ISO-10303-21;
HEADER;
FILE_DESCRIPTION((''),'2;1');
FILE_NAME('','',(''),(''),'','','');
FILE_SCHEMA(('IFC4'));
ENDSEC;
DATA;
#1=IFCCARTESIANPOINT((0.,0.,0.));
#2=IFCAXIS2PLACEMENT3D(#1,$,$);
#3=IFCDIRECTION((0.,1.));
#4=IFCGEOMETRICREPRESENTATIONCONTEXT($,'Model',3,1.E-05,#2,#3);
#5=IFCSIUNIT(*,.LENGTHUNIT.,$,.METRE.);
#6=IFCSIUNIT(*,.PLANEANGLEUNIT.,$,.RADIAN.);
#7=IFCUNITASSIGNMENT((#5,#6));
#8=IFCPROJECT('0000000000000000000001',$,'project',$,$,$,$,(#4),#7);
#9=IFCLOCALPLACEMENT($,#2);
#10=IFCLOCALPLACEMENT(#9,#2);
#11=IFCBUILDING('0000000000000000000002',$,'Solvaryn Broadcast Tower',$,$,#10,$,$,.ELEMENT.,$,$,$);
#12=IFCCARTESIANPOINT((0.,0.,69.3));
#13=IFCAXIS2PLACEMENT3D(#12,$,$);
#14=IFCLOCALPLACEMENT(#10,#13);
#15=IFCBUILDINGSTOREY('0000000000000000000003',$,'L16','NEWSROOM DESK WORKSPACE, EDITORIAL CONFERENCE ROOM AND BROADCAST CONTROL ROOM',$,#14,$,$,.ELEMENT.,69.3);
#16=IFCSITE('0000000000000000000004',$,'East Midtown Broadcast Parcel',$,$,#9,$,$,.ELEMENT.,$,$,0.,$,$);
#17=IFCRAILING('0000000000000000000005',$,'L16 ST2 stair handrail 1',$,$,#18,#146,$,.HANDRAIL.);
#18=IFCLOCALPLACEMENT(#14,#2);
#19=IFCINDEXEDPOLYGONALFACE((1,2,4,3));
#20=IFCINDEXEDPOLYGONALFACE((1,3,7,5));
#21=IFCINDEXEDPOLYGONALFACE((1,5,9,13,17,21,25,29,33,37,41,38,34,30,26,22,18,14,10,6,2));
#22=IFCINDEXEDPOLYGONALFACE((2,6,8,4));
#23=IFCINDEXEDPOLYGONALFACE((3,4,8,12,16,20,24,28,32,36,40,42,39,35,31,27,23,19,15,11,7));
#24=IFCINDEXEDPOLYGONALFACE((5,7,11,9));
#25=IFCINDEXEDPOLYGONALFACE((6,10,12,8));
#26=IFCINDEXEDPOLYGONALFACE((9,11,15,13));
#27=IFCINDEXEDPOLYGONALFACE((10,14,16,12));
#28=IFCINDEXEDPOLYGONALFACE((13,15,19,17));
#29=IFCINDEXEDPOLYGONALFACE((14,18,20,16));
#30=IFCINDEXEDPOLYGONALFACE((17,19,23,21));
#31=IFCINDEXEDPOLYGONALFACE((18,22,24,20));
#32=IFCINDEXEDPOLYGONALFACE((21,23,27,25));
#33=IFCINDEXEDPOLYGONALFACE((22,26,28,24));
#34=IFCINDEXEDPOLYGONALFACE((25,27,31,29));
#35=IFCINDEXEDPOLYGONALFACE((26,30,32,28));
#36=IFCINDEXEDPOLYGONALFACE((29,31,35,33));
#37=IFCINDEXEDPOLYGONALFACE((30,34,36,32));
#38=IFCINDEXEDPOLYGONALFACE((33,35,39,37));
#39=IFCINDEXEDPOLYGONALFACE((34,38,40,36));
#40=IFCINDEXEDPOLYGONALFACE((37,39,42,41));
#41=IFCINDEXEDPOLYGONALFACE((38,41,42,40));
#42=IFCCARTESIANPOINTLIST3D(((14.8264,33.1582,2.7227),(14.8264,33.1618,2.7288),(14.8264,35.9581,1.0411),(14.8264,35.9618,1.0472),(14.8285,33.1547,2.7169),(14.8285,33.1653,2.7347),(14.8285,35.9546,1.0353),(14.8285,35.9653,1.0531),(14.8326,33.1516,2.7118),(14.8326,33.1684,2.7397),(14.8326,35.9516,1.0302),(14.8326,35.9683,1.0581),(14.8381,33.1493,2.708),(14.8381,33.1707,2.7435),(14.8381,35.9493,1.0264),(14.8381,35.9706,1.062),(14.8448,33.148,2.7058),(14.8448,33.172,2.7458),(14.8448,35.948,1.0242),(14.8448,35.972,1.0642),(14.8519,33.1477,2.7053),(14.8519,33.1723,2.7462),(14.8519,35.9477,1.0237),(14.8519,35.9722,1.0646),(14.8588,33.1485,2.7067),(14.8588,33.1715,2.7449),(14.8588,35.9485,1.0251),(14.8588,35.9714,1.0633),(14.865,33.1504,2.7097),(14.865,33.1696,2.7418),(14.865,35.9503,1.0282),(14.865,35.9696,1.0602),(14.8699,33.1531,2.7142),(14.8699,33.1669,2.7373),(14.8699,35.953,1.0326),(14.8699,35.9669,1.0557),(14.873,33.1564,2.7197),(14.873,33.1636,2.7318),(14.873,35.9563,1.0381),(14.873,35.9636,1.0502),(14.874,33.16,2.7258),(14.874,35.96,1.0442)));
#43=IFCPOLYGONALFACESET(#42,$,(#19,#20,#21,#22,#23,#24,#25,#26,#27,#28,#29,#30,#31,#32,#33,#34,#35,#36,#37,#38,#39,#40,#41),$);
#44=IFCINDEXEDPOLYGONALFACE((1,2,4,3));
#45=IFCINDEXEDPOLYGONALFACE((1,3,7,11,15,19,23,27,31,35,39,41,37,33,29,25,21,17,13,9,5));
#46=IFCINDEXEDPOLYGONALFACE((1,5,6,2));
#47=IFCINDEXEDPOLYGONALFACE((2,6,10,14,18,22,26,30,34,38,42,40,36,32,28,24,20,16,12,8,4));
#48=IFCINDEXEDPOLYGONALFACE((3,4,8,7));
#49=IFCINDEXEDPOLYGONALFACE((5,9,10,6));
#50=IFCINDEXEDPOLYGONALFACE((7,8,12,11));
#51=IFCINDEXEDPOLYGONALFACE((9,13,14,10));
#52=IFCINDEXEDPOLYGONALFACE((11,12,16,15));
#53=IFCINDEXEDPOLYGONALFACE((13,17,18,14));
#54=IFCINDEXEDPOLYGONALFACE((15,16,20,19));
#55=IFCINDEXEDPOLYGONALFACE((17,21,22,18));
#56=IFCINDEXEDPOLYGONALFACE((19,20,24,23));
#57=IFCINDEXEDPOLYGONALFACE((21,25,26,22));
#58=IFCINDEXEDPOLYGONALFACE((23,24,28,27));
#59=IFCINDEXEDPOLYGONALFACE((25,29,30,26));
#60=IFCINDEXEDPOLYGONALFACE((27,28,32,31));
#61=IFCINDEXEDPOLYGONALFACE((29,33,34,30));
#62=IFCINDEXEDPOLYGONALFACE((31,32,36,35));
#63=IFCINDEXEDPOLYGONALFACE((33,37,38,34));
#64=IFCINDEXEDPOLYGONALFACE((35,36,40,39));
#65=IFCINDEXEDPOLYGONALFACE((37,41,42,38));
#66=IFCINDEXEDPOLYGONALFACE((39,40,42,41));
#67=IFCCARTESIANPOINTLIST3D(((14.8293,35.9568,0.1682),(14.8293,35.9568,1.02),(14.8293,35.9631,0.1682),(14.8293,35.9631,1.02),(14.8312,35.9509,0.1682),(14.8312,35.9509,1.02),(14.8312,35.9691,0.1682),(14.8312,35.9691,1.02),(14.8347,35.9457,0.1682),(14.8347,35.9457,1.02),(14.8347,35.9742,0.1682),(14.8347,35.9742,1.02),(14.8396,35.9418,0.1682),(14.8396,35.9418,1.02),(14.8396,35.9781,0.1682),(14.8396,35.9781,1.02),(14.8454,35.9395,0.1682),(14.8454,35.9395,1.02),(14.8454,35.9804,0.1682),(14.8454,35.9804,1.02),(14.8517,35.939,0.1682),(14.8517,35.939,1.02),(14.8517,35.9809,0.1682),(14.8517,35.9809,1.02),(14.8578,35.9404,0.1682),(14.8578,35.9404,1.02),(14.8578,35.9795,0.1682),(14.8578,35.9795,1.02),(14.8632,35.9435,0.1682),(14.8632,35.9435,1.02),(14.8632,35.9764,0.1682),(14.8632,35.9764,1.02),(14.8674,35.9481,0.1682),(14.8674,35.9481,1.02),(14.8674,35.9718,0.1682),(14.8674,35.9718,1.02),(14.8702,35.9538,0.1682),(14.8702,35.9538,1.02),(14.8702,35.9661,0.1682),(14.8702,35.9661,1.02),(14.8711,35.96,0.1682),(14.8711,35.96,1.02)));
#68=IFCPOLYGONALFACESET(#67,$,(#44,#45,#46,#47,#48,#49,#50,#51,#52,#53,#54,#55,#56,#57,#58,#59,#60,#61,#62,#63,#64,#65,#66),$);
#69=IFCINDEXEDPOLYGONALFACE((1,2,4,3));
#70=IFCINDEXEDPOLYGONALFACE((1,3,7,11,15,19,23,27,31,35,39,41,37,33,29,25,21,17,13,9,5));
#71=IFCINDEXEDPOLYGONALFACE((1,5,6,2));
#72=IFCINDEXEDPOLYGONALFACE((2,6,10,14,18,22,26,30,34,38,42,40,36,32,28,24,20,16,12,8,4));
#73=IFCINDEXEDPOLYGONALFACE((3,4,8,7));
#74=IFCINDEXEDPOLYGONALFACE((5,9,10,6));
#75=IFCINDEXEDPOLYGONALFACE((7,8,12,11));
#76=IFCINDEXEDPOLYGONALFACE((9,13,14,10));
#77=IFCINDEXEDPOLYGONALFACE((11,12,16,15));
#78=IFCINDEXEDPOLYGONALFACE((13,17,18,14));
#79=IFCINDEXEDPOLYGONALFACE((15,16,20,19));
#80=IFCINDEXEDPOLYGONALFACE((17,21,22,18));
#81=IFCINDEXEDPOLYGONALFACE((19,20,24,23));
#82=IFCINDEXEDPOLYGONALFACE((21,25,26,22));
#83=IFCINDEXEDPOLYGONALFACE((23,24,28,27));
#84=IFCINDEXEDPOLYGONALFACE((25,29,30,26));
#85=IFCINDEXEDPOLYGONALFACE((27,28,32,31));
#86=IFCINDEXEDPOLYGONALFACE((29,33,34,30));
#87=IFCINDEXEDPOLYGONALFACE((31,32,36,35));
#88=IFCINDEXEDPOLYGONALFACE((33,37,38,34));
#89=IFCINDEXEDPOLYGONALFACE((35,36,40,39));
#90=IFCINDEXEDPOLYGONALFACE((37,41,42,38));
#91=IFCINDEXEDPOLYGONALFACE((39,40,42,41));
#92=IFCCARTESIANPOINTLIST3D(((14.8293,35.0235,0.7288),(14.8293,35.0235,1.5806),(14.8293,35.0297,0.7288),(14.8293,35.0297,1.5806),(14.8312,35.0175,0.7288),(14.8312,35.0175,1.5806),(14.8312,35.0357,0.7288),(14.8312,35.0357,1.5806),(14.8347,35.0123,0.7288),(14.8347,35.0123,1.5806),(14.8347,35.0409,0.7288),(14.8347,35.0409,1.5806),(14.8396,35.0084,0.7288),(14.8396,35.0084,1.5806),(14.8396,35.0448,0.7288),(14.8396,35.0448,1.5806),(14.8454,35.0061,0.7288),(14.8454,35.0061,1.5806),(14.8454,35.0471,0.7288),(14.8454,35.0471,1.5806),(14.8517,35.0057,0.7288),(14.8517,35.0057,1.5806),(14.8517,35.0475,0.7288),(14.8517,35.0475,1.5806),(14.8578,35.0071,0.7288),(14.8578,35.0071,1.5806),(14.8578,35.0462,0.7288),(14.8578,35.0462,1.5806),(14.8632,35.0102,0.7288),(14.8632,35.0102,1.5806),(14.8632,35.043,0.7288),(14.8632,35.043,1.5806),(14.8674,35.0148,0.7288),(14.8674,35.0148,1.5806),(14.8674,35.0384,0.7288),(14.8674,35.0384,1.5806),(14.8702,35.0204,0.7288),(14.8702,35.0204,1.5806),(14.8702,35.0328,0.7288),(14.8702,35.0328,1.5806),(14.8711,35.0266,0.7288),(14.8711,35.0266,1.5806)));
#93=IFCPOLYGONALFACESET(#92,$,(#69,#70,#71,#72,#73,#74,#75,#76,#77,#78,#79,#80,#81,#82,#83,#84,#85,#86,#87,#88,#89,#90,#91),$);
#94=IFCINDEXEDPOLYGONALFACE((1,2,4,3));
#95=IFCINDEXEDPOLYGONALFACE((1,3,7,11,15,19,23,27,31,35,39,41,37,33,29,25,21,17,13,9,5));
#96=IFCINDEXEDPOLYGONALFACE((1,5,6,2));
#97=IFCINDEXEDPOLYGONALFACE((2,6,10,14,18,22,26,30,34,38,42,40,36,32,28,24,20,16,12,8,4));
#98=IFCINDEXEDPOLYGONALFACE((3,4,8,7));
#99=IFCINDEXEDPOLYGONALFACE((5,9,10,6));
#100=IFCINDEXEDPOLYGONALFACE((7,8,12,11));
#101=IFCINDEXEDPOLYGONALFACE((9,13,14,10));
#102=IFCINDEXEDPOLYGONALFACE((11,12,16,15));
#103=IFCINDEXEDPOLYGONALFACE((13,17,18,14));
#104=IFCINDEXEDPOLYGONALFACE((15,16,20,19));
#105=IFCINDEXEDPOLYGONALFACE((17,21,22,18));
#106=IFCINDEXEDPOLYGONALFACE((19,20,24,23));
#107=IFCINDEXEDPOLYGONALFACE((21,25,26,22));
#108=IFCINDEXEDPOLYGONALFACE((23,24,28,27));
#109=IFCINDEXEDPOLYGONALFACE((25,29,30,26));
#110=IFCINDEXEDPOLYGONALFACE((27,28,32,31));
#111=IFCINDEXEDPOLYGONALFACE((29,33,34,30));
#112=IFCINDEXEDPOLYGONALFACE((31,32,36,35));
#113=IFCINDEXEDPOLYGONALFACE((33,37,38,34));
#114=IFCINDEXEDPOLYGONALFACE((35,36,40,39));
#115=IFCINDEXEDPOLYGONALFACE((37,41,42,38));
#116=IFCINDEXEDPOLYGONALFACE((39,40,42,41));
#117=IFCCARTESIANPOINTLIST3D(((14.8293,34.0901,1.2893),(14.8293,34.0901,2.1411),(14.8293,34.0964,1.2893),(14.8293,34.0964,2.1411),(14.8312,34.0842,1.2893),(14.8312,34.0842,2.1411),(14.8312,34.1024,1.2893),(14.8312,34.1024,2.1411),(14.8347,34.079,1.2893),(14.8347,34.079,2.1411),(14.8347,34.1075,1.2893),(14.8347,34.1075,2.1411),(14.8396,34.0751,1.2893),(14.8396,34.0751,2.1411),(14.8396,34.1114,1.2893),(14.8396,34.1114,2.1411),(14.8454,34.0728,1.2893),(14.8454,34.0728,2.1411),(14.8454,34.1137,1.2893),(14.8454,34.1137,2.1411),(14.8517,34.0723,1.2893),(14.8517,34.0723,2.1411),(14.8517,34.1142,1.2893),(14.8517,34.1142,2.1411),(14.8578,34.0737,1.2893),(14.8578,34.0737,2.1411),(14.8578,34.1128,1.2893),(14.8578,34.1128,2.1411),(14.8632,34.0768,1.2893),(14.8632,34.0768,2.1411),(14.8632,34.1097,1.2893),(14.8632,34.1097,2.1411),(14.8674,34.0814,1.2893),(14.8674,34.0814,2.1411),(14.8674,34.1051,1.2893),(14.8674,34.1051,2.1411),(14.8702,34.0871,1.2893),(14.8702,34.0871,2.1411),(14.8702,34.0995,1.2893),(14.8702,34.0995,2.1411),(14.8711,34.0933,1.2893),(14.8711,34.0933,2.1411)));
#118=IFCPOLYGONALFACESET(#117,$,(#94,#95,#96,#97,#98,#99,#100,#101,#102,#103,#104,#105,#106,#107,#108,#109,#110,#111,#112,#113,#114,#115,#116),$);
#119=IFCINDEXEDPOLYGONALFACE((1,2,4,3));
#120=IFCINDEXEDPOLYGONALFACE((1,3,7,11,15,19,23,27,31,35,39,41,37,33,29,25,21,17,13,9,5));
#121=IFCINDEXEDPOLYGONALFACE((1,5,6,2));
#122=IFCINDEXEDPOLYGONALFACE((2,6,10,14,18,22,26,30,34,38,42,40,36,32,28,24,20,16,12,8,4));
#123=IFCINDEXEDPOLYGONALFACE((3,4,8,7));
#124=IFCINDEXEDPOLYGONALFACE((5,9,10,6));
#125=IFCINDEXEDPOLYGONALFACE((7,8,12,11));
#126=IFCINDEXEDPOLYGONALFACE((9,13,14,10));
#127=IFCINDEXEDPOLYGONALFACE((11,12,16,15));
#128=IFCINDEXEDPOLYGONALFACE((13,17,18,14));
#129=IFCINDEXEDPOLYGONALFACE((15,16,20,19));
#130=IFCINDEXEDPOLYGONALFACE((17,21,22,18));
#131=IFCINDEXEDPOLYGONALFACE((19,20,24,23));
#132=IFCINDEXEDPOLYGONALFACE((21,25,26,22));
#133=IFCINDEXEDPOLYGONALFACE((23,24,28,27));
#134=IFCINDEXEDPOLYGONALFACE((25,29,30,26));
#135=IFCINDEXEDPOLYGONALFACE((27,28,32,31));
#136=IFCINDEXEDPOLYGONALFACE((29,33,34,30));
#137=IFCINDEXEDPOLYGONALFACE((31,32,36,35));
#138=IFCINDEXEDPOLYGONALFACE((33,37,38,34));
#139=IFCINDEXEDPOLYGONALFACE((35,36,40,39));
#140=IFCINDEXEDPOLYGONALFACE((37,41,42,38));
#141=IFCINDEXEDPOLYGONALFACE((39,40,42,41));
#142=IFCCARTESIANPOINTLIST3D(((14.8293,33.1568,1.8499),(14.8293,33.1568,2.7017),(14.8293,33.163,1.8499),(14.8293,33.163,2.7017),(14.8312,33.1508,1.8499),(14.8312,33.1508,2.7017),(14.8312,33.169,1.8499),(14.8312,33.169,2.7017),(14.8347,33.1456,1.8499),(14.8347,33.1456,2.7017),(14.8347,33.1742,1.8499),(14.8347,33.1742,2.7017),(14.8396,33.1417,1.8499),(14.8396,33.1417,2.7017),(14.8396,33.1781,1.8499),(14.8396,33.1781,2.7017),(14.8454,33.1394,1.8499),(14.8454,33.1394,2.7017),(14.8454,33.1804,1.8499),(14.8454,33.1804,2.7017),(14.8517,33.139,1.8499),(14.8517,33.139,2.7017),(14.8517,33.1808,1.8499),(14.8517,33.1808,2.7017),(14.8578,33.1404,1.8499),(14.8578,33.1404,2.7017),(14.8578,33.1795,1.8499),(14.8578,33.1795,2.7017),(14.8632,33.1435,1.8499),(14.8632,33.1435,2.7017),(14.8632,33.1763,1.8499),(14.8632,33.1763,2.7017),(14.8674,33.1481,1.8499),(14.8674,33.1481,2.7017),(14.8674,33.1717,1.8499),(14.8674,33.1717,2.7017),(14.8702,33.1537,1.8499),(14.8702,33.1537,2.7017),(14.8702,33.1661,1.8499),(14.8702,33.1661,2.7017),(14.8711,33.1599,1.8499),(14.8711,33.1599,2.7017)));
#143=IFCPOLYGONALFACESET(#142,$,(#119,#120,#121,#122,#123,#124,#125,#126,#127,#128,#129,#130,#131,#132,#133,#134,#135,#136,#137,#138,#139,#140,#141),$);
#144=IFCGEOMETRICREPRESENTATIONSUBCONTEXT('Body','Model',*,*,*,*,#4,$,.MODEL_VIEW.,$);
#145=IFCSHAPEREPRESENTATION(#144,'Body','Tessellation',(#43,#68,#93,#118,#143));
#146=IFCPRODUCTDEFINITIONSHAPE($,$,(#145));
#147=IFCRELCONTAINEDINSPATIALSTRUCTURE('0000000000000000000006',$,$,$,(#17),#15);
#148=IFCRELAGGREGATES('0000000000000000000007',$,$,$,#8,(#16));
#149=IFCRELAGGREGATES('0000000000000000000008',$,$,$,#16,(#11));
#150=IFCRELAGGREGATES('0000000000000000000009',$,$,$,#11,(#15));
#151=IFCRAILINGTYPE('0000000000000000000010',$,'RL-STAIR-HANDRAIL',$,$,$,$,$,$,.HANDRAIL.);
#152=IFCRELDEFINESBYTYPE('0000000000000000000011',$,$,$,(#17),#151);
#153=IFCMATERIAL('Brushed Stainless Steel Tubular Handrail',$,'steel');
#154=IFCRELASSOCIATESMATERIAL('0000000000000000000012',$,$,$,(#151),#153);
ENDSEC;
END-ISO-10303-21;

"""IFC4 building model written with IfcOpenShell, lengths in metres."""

from ifc_helpers import new_model, si_unit, direction, frame, origin, origin_2d, place, context, subcontext, project, spatial, circle, extrude, material, type_object, element, save


model = new_model("IFC4")

# Units and contexts
model_context = context("Model", 3, precision=1e-05, world=origin(), true_north=direction((0.0, 1.0)))
body_context = subcontext(model_context, "Body", "Model", "MODEL_VIEW")
ifc_project = project(units=[si_unit("LENGTHUNIT", "METRE"), si_unit("PLANEANGLEUNIT", "RADIAN")], contexts=[model_context])

# Site, building, storey
site_placement = place(None, origin())
site = spatial("IfcSite", under=ifc_project, at=site_placement, Name="East Midtown Broadcast Parcel", CompositionType="ELEMENT", RefElevation=0.0)
building_placement = place(site_placement, origin())
building = spatial("IfcBuilding", under=site, at=building_placement, Name="Solvaryn Broadcast Tower", CompositionType="ELEMENT")
storey_placement = place(building_placement, frame((0.0, 0.0, 69.3)))
storey = spatial("IfcBuildingStorey", under=building, at=storey_placement, Name="L16", Description="NEWSROOM DESK WORKSPACE, EDITORIAL CONFERENCE ROOM AND BROADCAST CONTROL ROOM", CompositionType="ELEMENT", Elevation=69.3)

# Railing
ifc_material_1 = material(Name="Brushed Stainless Steel Tubular Handrail", Category="steel")
railing_type_1 = type_object("IfcRailingType", Name="RL-STAIR-HANDRAIL", PredefinedType="HANDRAIL", material=ifc_material_1)
railing_1_placement = place(storey_placement, frame((14.8501, 35.96, 0.1682)))
element("IfcRailing", 1, at=railing_1_placement, inside=storey, type_object=railing_type_1, Name="L16 ST2 stair handrail 1", PredefinedType="HANDRAIL", context=body_context, shape_type="SweptSolid", body=[
    extrude(circle(Radius=0.0239, at=origin_2d()), frame((0.0, 0.0, 0.876), z_axis=(0.0, -0.857275, 0.514858), x_axis=(1.0, 0.0, 0.0)), (0.0, 0.0, 1.0), 3.2661),
    extrude(circle(Radius=0.021, at=origin_2d()), origin(), (0.0, 0.0, 1.0), 0.8518),
    extrude(circle(Radius=0.021, at=origin_2d()), frame((0.0, -0.9333, 0.5605)), (0.0, 0.0, 1.0), 0.8518),
    extrude(circle(Radius=0.021, at=origin_2d()), frame((0.0, -1.8667, 1.1211)), (0.0, 0.0, 1.0), 0.8518),
    extrude(circle(Radius=0.021, at=origin_2d()), frame((0.0, -2.8, 1.6816)), (0.0, 0.0, 1.0), 0.8518),
])

save(model, "model.ifc")
